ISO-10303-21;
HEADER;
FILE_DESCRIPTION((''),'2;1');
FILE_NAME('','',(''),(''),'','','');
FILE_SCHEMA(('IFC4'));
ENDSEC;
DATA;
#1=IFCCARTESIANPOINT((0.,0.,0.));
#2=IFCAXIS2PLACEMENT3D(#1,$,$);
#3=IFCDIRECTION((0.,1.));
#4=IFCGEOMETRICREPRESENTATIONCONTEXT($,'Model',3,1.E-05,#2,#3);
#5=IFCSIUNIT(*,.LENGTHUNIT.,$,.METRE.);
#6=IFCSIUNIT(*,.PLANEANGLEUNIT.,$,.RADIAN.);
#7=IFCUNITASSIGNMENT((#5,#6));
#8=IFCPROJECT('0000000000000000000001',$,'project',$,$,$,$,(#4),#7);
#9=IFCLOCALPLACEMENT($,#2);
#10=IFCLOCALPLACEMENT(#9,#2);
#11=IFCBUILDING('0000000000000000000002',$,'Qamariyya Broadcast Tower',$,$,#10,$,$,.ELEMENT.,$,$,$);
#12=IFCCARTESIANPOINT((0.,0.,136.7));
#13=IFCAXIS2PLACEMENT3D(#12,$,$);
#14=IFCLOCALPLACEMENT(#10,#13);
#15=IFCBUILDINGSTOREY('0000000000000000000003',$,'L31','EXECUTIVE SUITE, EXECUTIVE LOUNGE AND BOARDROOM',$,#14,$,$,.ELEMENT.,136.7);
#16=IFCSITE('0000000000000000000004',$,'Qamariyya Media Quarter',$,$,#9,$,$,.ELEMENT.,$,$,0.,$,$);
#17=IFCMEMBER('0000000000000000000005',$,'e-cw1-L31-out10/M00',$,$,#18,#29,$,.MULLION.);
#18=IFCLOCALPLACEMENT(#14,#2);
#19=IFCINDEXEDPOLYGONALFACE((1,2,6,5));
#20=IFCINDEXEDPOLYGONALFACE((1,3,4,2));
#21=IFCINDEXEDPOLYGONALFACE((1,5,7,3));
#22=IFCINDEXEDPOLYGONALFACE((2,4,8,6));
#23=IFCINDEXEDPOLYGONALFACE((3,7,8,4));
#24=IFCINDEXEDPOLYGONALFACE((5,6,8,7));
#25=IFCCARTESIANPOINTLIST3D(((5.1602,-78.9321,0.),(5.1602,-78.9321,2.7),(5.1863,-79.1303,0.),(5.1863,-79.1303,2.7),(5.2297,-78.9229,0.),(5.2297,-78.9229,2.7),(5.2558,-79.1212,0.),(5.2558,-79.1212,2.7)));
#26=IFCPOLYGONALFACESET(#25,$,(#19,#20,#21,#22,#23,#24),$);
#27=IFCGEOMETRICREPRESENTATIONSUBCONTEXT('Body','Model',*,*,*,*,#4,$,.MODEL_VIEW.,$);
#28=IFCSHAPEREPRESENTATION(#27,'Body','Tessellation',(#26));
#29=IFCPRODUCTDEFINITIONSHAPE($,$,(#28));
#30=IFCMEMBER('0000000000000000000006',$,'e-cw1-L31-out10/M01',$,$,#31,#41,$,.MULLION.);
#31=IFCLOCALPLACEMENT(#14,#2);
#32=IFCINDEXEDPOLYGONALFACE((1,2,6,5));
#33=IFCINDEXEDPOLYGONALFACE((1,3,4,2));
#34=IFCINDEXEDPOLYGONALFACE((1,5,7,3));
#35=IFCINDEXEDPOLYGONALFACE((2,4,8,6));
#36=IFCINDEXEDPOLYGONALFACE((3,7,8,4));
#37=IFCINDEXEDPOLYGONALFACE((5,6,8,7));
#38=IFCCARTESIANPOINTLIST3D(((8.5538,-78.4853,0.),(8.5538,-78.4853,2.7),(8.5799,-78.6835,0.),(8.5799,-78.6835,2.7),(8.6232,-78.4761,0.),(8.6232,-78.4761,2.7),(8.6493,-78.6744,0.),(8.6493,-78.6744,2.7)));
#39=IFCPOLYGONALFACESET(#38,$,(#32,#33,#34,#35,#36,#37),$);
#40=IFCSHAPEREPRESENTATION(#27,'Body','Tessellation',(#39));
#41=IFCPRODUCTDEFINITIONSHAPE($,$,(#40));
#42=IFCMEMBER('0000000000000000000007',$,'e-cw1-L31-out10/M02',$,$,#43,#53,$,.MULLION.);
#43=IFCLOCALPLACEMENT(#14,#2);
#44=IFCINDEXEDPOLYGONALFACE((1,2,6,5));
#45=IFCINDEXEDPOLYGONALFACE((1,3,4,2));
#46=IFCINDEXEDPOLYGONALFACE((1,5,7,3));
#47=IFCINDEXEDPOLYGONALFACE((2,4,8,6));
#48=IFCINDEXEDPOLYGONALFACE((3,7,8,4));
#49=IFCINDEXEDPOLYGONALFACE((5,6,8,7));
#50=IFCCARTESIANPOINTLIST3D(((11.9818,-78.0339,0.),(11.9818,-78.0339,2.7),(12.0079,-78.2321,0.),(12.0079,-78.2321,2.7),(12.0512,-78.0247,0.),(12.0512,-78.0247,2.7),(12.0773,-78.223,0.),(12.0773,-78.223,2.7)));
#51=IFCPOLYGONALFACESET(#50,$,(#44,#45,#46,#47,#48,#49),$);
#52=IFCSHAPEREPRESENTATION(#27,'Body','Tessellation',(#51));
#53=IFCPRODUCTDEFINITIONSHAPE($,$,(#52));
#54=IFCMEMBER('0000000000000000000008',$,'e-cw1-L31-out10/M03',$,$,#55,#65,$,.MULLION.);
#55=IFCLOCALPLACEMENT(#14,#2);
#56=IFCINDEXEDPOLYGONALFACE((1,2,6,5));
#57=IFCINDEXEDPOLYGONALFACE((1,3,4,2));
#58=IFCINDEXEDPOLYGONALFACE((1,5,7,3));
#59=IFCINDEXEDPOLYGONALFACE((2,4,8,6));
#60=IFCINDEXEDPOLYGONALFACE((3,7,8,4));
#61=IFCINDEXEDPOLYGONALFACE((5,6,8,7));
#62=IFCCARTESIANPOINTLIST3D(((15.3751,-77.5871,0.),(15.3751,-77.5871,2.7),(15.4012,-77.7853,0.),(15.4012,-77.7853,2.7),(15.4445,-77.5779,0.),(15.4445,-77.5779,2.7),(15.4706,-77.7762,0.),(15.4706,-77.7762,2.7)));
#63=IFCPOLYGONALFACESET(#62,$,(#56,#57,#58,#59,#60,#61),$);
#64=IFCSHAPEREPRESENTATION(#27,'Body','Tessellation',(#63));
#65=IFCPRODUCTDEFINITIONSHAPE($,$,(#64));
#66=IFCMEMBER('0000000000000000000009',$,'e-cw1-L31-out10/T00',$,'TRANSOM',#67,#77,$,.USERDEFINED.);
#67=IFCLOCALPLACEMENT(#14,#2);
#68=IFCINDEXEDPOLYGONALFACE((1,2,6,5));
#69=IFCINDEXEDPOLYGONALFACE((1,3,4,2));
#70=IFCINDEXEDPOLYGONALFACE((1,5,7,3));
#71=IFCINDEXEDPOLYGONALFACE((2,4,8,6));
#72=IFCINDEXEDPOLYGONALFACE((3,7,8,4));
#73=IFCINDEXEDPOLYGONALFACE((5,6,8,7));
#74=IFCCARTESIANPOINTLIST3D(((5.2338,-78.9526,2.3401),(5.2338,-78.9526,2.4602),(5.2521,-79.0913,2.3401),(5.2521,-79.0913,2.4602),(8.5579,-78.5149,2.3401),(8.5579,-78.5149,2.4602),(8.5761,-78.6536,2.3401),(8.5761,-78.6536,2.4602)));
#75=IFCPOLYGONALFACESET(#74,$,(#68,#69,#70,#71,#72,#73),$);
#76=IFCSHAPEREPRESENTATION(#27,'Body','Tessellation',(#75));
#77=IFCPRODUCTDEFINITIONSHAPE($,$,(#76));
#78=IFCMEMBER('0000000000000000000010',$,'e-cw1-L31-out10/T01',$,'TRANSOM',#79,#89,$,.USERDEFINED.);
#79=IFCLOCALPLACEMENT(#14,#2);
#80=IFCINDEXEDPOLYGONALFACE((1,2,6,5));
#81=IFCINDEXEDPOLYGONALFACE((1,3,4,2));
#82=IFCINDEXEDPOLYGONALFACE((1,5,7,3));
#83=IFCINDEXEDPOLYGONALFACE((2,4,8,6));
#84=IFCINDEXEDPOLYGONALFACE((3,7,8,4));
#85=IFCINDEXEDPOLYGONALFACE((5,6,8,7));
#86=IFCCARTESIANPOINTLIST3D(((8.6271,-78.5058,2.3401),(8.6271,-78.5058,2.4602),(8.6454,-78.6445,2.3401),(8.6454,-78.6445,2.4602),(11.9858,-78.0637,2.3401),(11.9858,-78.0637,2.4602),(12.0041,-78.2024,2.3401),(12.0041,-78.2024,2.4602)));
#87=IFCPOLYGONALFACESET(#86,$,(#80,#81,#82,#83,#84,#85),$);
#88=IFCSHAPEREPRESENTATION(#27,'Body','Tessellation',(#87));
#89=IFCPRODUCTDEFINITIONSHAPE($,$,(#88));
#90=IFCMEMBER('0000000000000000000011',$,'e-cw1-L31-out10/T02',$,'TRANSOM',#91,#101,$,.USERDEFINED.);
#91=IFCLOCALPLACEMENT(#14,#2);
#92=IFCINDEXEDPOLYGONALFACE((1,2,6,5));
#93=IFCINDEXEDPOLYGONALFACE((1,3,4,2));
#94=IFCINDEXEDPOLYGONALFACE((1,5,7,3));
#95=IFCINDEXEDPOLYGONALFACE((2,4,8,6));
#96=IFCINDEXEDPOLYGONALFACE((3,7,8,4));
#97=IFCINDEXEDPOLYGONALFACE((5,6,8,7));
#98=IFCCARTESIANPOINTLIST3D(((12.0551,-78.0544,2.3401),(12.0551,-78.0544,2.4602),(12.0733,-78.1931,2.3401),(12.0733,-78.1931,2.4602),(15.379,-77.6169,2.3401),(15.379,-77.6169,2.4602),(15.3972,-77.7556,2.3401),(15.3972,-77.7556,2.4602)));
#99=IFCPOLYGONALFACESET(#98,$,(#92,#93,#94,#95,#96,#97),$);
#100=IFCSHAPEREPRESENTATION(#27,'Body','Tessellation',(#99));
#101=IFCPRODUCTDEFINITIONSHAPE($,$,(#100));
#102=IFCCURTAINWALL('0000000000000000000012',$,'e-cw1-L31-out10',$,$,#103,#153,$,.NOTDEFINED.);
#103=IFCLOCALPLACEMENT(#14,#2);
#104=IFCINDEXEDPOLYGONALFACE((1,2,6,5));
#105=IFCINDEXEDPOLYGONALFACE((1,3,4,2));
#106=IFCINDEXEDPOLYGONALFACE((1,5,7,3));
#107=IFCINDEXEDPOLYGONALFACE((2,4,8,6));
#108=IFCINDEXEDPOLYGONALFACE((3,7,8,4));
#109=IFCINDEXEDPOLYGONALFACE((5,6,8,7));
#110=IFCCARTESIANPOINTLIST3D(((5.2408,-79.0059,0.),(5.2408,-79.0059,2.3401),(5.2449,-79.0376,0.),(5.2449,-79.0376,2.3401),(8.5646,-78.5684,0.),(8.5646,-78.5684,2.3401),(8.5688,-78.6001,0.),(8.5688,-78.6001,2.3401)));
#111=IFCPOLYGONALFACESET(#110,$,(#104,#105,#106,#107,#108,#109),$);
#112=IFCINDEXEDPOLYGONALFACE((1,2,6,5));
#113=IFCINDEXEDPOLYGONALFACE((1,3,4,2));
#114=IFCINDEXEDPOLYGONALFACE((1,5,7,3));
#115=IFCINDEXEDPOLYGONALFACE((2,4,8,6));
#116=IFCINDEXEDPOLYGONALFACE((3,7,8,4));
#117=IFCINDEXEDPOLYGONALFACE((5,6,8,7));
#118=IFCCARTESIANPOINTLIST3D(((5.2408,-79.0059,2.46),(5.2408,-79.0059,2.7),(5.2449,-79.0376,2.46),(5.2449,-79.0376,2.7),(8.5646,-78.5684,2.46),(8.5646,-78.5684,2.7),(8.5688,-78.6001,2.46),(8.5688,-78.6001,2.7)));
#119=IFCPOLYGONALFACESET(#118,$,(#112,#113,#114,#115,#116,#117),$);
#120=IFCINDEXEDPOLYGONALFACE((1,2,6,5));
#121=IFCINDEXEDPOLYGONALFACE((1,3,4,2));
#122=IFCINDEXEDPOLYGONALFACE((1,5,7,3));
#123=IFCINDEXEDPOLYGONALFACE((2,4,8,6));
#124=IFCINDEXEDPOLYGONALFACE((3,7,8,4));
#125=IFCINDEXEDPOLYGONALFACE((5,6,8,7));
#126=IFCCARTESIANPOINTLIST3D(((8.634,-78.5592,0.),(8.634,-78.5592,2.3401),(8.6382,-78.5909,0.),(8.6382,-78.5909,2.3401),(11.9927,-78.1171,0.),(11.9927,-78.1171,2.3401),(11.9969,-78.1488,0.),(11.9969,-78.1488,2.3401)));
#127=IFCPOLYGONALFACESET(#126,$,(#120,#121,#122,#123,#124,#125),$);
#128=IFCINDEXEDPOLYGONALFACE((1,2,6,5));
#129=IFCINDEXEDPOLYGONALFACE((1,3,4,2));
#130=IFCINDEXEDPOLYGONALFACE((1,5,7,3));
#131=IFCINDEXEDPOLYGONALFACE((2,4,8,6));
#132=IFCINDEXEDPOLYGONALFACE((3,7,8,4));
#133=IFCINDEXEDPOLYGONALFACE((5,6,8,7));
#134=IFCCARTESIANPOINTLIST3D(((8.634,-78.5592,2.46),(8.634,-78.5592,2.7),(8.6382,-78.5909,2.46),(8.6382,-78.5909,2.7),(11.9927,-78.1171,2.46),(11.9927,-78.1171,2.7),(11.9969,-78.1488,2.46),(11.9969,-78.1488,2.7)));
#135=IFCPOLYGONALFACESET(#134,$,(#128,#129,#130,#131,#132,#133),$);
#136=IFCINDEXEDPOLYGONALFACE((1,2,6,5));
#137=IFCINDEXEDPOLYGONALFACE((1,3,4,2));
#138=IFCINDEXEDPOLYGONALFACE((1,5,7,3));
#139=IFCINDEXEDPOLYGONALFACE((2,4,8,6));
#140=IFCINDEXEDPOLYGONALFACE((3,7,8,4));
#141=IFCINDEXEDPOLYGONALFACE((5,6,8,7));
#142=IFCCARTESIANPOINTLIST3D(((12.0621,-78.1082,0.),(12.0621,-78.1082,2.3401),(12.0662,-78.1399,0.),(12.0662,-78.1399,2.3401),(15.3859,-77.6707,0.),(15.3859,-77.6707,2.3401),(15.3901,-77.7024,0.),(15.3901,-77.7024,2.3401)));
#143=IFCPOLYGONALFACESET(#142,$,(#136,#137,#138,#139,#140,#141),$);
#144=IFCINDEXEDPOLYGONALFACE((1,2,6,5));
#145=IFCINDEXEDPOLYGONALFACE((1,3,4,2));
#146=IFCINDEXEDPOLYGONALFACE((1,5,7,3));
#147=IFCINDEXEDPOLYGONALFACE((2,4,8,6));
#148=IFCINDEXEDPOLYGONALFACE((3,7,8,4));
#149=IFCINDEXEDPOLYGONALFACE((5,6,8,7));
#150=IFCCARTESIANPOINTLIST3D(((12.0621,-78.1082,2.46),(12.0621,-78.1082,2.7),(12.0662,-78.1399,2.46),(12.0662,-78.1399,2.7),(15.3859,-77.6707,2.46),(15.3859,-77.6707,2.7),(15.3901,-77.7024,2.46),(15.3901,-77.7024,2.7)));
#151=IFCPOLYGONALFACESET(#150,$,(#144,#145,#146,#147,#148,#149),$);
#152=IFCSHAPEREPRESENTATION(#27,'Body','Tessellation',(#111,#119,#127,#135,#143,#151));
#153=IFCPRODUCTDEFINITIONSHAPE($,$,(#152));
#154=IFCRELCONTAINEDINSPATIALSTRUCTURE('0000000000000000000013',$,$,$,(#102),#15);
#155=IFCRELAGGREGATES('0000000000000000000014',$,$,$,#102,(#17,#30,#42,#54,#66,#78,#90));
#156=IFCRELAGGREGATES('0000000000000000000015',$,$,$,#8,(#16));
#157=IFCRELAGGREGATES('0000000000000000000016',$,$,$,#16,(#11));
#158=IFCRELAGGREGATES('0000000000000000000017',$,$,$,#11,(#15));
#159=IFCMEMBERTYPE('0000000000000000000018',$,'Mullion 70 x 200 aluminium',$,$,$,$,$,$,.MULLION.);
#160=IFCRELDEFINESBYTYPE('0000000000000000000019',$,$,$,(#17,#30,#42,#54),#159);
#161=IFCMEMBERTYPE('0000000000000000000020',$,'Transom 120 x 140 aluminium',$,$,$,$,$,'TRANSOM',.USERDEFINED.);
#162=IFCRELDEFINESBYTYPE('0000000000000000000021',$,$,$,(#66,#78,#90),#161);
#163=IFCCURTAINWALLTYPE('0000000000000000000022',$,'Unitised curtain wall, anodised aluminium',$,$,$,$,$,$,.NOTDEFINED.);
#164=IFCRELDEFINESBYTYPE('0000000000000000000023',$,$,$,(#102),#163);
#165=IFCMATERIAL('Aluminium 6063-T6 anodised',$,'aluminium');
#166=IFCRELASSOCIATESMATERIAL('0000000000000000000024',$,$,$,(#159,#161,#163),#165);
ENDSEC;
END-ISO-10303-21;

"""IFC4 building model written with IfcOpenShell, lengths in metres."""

from ifc_helpers import new_model, si_unit, direction, frame, origin, origin_2d, place, context, subcontext, project, spatial, rectangle, extrude, material, material_profile, profile_set, type_object, element, aggregate, save


model = new_model("IFC4")

# Units and contexts
model_context = context("Model", 3, precision=1e-05, world=origin(), true_north=direction((0.0, 1.0)))
body_context = subcontext(model_context, "Body", "Model", "MODEL_VIEW")
ifc_project = project(units=[si_unit("LENGTHUNIT", "METRE"), si_unit("PLANEANGLEUNIT", "RADIAN")], contexts=[model_context])

# Members
ifc_material = material(Name="Aluminium 6063-T6 anodised", Category="aluminium")
ifc_material_profile_1 = material_profile(ifc_material, rectangle(XDim=0.2, YDim=0.0701, at=origin_2d()))
ifc_profile_set_1 = profile_set([ifc_material_profile_1], Name="Aluminium 6063-T6 anodised")
member_type_1 = type_object("IfcMemberType", Name="Mullion 70 x 200 aluminium", PredefinedType="MULLION", material=ifc_profile_set_1)
site_placement = place(None, origin())
building_placement = place(site_placement, origin())
storey_placement = place(building_placement, frame((0.0, 0.0, 136.7)))
member_1_placement = place(storey_placement, frame((5.208, -79.0266, 0.0), z_axis=(0.0, 0.0, 1.0), x_axis=(-0.130526, 0.991445, 0.0)))
member_1 = element("IfcMember", 1, at=member_1_placement, type_object=member_type_1, Name="e-cw1-L31-out10/M00", PredefinedType="MULLION", context=body_context, shape_type="SweptSolid", body=[
    extrude(rectangle(XDim=0.2, YDim=0.0701, at=origin_2d()), origin(), (0.0, 0.0, 1.0), 2.7),
])
member_2_placement = place(storey_placement, frame((8.6016, -78.5798, 0.0), z_axis=(0.0, 0.0, 1.0), x_axis=(-0.130526, 0.991445, 0.0)))
member_2 = element("IfcMember", 2, at=member_2_placement, type_object=member_type_1, Name="e-cw1-L31-out10/M01", PredefinedType="MULLION", context=body_context, shape_type="SweptSolid", body=[
    extrude(rectangle(XDim=0.2, YDim=0.0701, at=origin_2d()), origin(), (0.0, 0.0, 1.0), 2.7),
])
member_3_placement = place(storey_placement, frame((12.0295, -78.1284, 0.0), z_axis=(0.0, 0.0, 1.0), x_axis=(-0.130526, 0.991445, 0.0)))
member_3 = element("IfcMember", 3, at=member_3_placement, type_object=member_type_1, Name="e-cw1-L31-out10/M02", PredefinedType="MULLION", context=body_context, shape_type="SweptSolid", body=[
    extrude(rectangle(XDim=0.2, YDim=0.0701, at=origin_2d()), origin(), (0.0, 0.0, 1.0), 2.7),
])
member_4_placement = place(storey_placement, frame((15.4229, -77.6816, 0.0), z_axis=(0.0, 0.0, 1.0), x_axis=(-0.130526, 0.991445, 0.0)))
member_4 = element("IfcMember", 4, at=member_4_placement, type_object=member_type_1, Name="e-cw1-L31-out10/M03", PredefinedType="MULLION", context=body_context, shape_type="SweptSolid", body=[
    extrude(rectangle(XDim=0.2, YDim=0.0701, at=origin_2d()), origin(), (0.0, 0.0, 1.0), 2.7),
])
ifc_material_profile_2 = material_profile(ifc_material, rectangle(XDim=0.1399, YDim=0.1201, at=origin_2d()))
ifc_profile_set_2 = profile_set([ifc_material_profile_2], Name="Aluminium 6063-T6 anodised")
member_type_2 = type_object("IfcMemberType", Name="Transom 120 x 140 aluminium", ElementType="TRANSOM", PredefinedType="USERDEFINED", material=ifc_profile_set_2)
member_5_placement = place(storey_placement, frame((5.2429, -79.022, 2.4001), z_axis=(0.99144, 0.130566, 0.0), x_axis=(-0.130566, 0.99144, 0.0)))
member_5 = element("IfcMember", 5, at=member_5_placement, type_object=member_type_2, Name="e-cw1-L31-out10/T00", ObjectType="TRANSOM", PredefinedType="USERDEFINED", context=body_context, shape_type="SweptSolid", body=[
    extrude(rectangle(XDim=0.1399, YDim=0.1201, at=origin_2d()), origin(), (0.0, 0.0, 1.0), 3.3528),
])
member_6_placement = place(storey_placement, frame((8.6362, -78.5752, 2.4001), z_axis=(0.991446, 0.130516, 0.0), x_axis=(-0.130516, 0.991446, 0.0)))
member_6 = element("IfcMember", 6, at=member_6_placement, type_object=member_type_2, Name="e-cw1-L31-out10/T01", ObjectType="TRANSOM", PredefinedType="USERDEFINED", context=body_context, shape_type="SweptSolid", body=[
    extrude(rectangle(XDim=0.1399, YDim=0.1201, at=origin_2d()), origin(), (0.0, 0.0, 1.0), 3.3877),
])
member_7_placement = place(storey_placement, frame((12.0642, -78.1238, 2.4001), z_axis=(0.991449, 0.130494, 0.0), x_axis=(-0.130494, 0.991449, 0.0)))
member_7 = element("IfcMember", 7, at=member_7_placement, type_object=member_type_2, Name="e-cw1-L31-out10/T02", ObjectType="TRANSOM", PredefinedType="USERDEFINED", context=body_context, shape_type="SweptSolid", body=[
    extrude(rectangle(XDim=0.1399, YDim=0.1201, at=origin_2d()), origin(), (0.0, 0.0, 1.0), 3.3525),
])

# Site, building, storey
site = spatial("IfcSite", under=ifc_project, at=site_placement, Name="Qamariyya Media Quarter", CompositionType="ELEMENT", RefElevation=0.0)
building = spatial("IfcBuilding", under=site, at=building_placement, Name="Qamariyya Broadcast Tower", CompositionType="ELEMENT")
storey = spatial("IfcBuildingStorey", under=building, at=storey_placement, Name="L31", Description="EXECUTIVE SUITE, EXECUTIVE LOUNGE AND BOARDROOM", CompositionType="ELEMENT", Elevation=136.7)

# Curtain wall
curtain_wall_type = type_object("IfcCurtainWallType", Name="Unitised curtain wall, anodised aluminium", PredefinedType="NOTDEFINED", material=ifc_material)
curtain_wall_1_placement = place(storey_placement, origin())
curtain_wall_1 = element("IfcCurtainWall", 8, at=curtain_wall_1_placement, inside=storey, type_object=curtain_wall_type, Name="e-cw1-L31-out10", PredefinedType="NOTDEFINED", context=body_context, shape_type="SweptSolid", body=[
    extrude(rectangle(XDim=3.3525, YDim=0.032, at=origin_2d()), frame((6.9048, -78.803, 0.0), x_axis=(0.991447, 0.130509, 0.0)), (0.0, 0.0, 1.0), 2.3401),
    extrude(rectangle(XDim=3.3525, YDim=0.032, at=origin_2d()), frame((6.9048, -78.803, 2.46), x_axis=(0.991447, 0.130509, 0.0)), (0.0, 0.0, 1.0), 0.24),
    extrude(rectangle(XDim=3.3877, YDim=0.032, at=origin_2d()), frame((10.3154, -78.354, 0.0), x_axis=(0.991447, 0.130509, 0.0)), (0.0, 0.0, 1.0), 2.3401),
    extrude(rectangle(XDim=3.3877, YDim=0.032, at=origin_2d()), frame((10.3154, -78.354, 2.46), x_axis=(0.991447, 0.130509, 0.0)), (0.0, 0.0, 1.0), 0.24),
    extrude(rectangle(XDim=3.3525, YDim=0.032, at=origin_2d()), frame((13.7261, -77.9053, 0.0), x_axis=(0.991447, 0.130509, 0.0)), (0.0, 0.0, 1.0), 2.3401),
    extrude(rectangle(XDim=3.3525, YDim=0.032, at=origin_2d()), frame((13.7261, -77.9053, 2.46), x_axis=(0.991447, 0.130509, 0.0)), (0.0, 0.0, 1.0), 0.24),
])
aggregate(curtain_wall_1, [member_1, member_2, member_3, member_4, member_5, member_6, member_7])

save(model, "model.ifc")
